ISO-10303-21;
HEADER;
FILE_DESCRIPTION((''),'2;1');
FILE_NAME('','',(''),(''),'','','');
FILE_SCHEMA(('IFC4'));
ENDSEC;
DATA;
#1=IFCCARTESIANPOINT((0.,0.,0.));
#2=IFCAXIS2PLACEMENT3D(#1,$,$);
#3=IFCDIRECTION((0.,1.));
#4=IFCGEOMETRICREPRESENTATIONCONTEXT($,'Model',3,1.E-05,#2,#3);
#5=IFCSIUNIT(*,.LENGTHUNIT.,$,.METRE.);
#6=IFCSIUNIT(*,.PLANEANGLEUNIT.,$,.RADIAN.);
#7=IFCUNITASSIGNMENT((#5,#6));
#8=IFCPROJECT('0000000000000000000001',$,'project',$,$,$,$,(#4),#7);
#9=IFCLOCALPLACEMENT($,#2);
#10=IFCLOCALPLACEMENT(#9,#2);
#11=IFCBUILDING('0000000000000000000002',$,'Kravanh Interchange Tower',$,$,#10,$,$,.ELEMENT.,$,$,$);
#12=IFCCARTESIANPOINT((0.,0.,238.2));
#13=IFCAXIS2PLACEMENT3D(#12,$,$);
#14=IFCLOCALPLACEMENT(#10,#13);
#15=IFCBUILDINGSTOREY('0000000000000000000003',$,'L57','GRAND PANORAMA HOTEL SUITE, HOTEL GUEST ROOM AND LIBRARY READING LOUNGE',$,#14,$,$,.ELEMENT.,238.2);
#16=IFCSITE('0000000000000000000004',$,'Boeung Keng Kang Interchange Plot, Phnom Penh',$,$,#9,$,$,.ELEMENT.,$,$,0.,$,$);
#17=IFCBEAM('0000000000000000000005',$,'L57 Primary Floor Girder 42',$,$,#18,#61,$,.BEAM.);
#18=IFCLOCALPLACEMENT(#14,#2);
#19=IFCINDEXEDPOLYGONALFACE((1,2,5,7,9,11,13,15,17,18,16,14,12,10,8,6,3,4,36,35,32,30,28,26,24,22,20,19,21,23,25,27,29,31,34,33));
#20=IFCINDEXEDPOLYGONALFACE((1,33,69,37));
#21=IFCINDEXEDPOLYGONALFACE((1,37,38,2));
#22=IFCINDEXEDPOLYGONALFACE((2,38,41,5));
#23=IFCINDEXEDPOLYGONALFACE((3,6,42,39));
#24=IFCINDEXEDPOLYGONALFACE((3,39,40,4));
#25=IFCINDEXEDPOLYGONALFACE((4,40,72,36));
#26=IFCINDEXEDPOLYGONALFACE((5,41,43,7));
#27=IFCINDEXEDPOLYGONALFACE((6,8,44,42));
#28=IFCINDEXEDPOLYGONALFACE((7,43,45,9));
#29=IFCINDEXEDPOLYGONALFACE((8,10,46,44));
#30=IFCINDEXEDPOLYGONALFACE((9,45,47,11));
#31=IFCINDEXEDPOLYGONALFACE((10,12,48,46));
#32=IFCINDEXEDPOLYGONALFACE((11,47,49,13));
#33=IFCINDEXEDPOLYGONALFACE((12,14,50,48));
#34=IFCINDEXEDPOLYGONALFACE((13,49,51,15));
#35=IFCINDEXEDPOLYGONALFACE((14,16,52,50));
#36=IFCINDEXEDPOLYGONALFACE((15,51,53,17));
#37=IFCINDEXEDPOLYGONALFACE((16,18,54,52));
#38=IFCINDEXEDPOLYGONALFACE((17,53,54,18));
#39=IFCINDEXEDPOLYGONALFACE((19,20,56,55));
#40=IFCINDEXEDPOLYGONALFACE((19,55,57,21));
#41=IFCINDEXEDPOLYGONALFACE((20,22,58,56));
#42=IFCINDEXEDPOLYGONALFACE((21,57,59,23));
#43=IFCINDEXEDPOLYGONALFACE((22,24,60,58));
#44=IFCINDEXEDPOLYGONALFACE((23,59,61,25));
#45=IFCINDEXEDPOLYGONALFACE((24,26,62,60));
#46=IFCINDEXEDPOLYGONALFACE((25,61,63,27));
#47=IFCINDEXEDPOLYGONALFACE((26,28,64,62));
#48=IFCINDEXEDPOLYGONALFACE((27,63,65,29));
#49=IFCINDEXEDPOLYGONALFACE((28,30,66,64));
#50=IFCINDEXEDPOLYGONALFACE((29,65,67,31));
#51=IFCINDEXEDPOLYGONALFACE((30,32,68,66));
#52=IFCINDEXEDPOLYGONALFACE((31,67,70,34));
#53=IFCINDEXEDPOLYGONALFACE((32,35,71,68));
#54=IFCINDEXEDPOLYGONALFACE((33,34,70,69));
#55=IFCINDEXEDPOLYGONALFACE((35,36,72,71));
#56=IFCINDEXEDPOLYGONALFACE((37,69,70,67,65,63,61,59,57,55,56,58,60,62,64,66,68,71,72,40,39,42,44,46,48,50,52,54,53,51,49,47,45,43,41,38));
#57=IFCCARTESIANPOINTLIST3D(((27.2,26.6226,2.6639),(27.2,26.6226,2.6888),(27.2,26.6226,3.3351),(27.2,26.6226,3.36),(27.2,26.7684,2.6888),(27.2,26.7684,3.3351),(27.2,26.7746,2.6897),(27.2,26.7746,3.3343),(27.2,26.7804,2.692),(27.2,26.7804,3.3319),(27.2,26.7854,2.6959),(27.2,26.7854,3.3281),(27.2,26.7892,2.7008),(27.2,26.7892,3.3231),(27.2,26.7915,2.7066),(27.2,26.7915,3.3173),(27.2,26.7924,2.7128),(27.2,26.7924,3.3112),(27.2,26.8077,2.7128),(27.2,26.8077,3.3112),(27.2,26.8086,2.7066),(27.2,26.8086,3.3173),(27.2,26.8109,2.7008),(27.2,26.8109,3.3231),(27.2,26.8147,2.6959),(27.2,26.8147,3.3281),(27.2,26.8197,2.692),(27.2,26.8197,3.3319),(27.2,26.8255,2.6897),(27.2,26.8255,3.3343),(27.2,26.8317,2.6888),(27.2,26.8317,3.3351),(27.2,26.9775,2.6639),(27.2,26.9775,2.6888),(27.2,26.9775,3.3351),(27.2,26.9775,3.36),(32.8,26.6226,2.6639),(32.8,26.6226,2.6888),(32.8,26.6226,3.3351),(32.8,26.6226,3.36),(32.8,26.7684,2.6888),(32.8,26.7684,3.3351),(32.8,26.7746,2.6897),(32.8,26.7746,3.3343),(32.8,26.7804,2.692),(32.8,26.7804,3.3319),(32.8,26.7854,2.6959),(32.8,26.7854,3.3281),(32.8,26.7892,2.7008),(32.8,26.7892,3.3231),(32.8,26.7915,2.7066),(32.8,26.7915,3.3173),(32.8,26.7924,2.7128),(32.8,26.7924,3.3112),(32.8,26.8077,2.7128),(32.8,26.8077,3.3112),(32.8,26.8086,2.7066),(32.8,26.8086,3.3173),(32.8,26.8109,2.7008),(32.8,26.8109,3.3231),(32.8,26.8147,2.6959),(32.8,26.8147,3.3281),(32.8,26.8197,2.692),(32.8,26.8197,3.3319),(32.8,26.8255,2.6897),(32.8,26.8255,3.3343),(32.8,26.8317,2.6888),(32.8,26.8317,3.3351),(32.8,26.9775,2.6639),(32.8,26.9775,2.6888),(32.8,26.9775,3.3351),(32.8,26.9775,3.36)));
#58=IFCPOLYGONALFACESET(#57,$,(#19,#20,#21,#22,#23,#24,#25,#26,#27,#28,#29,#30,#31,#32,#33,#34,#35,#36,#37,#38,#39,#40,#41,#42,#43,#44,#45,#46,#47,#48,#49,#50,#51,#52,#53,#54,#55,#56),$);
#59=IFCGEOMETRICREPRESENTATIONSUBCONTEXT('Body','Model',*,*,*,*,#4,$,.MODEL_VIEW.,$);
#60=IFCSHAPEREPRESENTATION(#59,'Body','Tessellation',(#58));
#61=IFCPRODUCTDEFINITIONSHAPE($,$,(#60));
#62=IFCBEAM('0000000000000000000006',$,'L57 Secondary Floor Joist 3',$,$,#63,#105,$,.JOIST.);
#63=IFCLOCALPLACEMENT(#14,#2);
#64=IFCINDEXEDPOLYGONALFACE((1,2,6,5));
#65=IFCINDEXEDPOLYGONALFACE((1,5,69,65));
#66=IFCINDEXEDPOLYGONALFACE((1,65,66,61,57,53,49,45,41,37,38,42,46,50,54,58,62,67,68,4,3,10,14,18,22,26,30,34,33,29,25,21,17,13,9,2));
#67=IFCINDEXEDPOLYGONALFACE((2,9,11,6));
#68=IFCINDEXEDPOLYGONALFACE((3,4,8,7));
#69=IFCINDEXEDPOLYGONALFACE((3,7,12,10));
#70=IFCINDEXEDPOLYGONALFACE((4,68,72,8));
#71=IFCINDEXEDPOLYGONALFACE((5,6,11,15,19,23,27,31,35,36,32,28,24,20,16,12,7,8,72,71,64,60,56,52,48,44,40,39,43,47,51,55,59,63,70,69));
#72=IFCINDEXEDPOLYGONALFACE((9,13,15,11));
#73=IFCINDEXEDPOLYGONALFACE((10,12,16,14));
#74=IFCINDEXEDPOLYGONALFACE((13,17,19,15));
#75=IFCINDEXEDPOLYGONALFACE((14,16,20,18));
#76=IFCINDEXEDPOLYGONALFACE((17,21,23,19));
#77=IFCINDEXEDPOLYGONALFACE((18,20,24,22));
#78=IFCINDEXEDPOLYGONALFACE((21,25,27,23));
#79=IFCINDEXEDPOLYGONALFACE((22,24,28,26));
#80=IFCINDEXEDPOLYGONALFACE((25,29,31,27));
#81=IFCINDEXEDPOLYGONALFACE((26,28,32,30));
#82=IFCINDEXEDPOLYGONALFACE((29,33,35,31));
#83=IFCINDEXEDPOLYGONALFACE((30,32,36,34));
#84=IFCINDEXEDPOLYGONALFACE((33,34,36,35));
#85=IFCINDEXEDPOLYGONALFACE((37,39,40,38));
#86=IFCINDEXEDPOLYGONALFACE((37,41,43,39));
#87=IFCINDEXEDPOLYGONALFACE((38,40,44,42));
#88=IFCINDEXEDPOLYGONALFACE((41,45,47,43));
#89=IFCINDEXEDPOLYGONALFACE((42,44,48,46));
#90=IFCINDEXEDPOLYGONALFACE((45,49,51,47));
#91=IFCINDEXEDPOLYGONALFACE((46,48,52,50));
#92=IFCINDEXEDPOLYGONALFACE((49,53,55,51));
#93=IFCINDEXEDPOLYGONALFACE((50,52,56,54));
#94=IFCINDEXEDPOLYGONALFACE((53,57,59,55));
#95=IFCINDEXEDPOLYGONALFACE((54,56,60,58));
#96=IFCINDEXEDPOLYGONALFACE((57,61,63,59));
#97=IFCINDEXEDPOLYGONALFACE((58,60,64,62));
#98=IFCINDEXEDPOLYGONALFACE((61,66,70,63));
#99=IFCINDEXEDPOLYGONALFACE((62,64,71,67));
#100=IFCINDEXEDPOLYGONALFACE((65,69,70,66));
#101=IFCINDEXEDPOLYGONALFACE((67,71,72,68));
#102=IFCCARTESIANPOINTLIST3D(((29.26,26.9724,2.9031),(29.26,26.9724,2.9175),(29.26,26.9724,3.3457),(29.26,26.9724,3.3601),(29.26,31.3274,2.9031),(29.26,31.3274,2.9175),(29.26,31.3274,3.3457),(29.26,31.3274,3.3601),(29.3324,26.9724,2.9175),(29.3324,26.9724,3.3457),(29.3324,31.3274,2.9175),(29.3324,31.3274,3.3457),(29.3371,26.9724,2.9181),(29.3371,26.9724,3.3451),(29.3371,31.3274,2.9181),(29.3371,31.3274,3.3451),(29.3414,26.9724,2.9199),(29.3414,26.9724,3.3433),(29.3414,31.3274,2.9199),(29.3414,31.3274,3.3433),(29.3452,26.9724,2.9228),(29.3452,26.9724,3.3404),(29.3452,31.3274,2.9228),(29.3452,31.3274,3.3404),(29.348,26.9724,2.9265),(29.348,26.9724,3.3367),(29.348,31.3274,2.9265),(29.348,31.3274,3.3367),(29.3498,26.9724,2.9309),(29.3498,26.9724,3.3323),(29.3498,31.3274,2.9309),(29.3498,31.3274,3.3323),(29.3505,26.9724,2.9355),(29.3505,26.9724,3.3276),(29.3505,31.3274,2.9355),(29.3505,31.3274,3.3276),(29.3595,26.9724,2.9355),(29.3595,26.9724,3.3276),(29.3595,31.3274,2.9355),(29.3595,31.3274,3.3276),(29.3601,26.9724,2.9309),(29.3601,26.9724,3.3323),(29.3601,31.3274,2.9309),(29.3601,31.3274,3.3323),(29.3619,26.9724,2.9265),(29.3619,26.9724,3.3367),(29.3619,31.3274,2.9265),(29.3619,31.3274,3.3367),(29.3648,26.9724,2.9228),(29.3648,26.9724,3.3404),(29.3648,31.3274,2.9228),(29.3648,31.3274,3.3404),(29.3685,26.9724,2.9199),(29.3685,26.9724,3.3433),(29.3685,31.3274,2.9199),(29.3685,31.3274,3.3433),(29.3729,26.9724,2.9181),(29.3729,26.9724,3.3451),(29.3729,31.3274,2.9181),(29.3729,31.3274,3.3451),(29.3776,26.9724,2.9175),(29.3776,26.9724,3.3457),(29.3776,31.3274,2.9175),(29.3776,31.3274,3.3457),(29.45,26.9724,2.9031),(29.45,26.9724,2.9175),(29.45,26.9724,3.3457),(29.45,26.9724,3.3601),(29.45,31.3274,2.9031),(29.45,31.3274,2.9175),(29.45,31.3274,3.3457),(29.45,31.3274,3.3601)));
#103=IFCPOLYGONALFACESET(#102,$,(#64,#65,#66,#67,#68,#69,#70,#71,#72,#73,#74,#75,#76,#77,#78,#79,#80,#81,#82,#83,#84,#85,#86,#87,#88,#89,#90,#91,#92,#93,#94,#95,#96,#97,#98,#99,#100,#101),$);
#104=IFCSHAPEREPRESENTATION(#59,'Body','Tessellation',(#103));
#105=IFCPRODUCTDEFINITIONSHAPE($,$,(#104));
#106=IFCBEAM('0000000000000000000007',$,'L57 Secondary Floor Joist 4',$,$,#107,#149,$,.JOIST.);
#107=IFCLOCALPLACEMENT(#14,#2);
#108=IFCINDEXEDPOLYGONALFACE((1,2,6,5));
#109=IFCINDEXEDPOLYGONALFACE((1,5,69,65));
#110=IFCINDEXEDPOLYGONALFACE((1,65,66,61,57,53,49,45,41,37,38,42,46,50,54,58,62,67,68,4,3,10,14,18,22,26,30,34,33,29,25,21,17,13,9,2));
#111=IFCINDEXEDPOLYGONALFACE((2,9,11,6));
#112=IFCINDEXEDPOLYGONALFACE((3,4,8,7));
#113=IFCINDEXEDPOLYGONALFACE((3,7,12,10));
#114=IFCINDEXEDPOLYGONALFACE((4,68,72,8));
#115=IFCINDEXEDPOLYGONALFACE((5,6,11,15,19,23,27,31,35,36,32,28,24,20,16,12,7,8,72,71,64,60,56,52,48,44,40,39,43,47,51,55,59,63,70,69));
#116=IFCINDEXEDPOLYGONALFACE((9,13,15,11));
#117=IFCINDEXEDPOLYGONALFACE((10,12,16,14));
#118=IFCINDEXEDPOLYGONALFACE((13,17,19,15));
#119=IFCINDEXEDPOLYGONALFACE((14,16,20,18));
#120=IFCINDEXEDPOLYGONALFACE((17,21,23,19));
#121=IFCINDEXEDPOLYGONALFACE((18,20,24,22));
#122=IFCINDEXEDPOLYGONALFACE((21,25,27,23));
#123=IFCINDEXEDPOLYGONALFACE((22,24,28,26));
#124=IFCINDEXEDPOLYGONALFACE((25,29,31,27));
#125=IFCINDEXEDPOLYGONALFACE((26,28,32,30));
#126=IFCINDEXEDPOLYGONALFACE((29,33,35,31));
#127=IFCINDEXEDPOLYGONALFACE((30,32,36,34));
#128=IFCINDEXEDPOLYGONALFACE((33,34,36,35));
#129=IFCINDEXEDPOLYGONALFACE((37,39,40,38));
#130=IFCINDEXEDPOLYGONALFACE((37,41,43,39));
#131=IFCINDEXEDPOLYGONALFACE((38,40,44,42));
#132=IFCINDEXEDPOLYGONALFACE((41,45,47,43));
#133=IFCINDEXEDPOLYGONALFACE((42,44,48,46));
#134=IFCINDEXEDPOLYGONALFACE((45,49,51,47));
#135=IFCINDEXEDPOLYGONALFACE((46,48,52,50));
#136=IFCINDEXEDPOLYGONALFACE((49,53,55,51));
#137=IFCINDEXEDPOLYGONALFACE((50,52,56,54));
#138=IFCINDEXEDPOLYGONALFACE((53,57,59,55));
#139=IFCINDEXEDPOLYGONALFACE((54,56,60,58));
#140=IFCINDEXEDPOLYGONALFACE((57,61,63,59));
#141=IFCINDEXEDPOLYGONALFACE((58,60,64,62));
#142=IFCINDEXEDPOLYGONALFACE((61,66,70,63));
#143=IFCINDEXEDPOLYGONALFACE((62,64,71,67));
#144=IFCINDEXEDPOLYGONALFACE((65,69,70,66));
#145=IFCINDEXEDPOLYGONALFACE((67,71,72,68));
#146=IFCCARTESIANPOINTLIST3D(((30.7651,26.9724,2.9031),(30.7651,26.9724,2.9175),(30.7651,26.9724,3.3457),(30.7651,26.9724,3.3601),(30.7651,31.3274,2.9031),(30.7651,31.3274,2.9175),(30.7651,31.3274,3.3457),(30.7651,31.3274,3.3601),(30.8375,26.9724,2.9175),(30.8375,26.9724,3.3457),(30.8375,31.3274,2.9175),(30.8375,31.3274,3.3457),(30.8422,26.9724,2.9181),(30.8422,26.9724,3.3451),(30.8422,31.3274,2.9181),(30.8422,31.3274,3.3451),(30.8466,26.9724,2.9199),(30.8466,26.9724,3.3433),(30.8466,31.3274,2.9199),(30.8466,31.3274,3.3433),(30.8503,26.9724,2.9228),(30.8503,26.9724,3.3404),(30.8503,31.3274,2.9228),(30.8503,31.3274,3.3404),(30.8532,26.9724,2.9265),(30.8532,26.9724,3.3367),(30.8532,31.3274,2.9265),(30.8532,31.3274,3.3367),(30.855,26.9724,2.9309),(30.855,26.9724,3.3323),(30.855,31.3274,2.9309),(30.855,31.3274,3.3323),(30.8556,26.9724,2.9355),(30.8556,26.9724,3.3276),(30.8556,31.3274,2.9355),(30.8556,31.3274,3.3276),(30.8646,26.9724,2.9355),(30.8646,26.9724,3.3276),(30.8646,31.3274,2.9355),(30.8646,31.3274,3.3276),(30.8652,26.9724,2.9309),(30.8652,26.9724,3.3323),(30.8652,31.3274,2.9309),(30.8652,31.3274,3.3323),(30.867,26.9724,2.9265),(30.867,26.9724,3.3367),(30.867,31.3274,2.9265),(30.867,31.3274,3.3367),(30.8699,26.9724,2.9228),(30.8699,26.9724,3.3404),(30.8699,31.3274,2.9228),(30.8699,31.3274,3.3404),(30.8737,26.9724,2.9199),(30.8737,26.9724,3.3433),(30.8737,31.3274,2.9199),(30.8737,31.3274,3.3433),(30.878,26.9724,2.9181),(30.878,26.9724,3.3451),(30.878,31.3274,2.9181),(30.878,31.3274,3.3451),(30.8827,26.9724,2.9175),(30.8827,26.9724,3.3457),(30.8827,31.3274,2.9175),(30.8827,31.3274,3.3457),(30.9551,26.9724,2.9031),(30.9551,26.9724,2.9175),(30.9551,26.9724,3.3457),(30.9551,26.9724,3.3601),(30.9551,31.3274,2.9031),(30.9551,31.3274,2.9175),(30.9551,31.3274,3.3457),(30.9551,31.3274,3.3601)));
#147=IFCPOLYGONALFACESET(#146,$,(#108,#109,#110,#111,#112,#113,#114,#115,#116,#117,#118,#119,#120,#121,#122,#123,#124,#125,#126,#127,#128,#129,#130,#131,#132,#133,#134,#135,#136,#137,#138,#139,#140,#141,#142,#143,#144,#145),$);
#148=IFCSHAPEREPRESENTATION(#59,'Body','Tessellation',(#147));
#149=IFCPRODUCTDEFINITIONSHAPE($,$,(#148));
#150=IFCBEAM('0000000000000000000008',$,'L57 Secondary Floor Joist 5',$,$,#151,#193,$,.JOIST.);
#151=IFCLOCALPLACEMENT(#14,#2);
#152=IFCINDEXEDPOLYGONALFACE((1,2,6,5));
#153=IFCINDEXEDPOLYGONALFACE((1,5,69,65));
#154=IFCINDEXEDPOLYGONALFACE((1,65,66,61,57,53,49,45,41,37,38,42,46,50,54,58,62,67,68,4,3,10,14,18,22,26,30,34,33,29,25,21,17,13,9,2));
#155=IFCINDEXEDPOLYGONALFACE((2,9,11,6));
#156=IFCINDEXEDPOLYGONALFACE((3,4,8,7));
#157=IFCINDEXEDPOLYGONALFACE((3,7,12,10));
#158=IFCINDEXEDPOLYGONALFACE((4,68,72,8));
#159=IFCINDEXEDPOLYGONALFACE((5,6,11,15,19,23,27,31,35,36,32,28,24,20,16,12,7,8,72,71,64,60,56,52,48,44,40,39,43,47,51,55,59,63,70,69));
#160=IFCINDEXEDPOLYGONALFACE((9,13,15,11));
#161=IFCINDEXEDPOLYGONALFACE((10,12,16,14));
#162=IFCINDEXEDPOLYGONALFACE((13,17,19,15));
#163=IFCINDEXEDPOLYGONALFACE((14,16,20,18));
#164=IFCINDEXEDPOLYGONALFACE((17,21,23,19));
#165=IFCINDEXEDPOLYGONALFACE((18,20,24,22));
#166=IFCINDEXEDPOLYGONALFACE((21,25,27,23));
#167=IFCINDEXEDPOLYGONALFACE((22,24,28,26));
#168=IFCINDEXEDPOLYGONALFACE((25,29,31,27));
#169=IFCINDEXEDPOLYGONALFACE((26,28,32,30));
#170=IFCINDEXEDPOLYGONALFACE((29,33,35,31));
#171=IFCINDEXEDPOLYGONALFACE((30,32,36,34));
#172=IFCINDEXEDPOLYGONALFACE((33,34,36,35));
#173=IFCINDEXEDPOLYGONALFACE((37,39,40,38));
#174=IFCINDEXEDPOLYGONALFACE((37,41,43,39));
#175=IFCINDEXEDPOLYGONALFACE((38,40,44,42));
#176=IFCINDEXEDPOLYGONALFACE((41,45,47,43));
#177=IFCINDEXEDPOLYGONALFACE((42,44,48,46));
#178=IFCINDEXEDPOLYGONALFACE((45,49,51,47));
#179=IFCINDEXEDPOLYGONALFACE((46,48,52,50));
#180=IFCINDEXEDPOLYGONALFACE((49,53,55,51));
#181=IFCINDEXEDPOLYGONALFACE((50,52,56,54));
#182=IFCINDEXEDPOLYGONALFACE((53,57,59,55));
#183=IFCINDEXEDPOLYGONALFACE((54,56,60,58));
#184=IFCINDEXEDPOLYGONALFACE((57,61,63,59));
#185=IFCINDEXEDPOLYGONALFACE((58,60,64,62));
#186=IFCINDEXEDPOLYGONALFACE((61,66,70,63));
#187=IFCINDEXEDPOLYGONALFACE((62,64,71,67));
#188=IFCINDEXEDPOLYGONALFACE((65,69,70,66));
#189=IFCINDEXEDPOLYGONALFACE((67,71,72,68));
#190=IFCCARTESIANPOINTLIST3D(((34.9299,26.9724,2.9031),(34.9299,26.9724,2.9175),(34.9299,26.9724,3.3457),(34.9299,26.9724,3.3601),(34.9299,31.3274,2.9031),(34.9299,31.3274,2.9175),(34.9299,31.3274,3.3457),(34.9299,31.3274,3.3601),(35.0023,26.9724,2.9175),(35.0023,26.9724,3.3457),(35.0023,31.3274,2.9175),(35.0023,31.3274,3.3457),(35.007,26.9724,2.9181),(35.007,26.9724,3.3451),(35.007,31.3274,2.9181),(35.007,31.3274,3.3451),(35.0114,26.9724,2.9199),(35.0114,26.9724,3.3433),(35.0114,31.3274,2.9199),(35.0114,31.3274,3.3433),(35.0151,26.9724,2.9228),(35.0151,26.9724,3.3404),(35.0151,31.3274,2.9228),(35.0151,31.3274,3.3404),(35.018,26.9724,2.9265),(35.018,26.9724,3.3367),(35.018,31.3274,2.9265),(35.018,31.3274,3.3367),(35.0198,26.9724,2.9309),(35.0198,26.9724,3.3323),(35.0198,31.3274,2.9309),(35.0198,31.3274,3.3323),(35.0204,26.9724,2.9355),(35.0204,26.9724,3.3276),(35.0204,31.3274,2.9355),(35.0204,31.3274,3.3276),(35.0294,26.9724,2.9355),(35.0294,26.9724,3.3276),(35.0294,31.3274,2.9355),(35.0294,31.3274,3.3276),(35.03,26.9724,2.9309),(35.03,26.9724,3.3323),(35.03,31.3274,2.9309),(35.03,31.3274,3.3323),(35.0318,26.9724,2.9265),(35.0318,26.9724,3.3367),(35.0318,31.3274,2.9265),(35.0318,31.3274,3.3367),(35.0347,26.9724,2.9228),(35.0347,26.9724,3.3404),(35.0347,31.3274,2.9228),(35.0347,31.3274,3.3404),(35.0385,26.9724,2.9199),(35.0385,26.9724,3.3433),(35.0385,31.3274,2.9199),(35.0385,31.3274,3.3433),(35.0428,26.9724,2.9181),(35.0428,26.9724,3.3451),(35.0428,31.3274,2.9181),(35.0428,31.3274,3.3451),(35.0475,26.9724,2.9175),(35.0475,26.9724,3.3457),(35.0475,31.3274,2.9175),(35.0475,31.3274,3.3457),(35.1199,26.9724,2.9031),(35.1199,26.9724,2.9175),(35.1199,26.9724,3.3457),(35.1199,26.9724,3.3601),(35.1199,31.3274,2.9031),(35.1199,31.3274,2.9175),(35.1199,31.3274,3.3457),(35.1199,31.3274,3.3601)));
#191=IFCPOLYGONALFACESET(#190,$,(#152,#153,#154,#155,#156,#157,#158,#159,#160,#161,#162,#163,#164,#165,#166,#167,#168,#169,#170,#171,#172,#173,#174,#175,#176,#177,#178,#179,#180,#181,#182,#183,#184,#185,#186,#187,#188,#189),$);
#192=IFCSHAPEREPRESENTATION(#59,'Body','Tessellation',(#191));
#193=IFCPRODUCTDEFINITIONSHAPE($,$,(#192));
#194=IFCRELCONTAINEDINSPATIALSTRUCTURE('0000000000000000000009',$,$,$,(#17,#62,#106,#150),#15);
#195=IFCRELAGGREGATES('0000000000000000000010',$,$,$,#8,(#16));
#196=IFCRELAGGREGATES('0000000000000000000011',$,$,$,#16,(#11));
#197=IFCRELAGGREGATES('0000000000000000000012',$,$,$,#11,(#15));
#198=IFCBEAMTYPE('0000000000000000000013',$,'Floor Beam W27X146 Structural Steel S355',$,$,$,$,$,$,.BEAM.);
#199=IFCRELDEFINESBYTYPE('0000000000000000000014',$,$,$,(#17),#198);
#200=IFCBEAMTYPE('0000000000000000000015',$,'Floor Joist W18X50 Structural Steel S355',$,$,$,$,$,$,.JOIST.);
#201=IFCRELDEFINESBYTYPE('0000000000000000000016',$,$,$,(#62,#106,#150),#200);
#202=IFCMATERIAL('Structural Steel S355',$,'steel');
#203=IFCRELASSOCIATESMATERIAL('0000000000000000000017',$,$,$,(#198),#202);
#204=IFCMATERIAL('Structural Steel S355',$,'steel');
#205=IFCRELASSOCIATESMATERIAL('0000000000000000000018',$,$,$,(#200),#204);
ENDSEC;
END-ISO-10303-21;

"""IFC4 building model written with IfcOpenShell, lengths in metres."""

from ifc_helpers import new_model, si_unit, direction, frame, origin, origin_2d, place, context, subcontext, project, spatial, i_section, extrude, material, material_profile, profile_set, type_object, element, save


model = new_model("IFC4")

# Units and contexts
model_context = context("Model", 3, precision=1e-05, world=origin(), true_north=direction((0.0, 1.0)))
body_context = subcontext(model_context, "Body", "Model", "MODEL_VIEW")
ifc_project = project(units=[si_unit("LENGTHUNIT", "METRE"), si_unit("PLANEANGLEUNIT", "RADIAN")], contexts=[model_context])

# Site, building, storey
site_placement = place(None, origin())
site = spatial("IfcSite", under=ifc_project, at=site_placement, Name="Boeung Keng Kang Interchange Plot, Phnom Penh", CompositionType="ELEMENT", RefElevation=0.0)
building_placement = place(site_placement, origin())
building = spatial("IfcBuilding", under=site, at=building_placement, Name="Kravanh Interchange Tower", CompositionType="ELEMENT")
storey_placement = place(building_placement, frame((0.0, 0.0, 238.2)))
storey = spatial("IfcBuildingStorey", under=building, at=storey_placement, Name="L57", Description="GRAND PANORAMA HOTEL SUITE, HOTEL GUEST ROOM AND LIBRARY READING LOUNGE", CompositionType="ELEMENT", Elevation=238.2)

# Beams
ifc_material_1 = material(Name="Structural Steel S355", Category="steel")
ifc_material_profile_1 = material_profile(ifc_material_1, i_section(OverallWidth=0.355, OverallDepth=0.696, WebThickness=0.0154, FlangeThickness=0.0249, FilletRadius=0.0239, at=origin_2d()), Name="W27X146")
ifc_profile_set_1 = profile_set([ifc_material_profile_1], Name="Structural Steel S355")
beam_type_1 = type_object("IfcBeamType", Name="Floor Beam W27X146 Structural Steel S355", PredefinedType="BEAM", material=ifc_profile_set_1)
beam_1_placement = place(storey_placement, frame((27.2, 26.8, 3.012), z_axis=(1.0, 0.0, 0.0), x_axis=(0.0, 1.0, 0.0)))
element("IfcBeam", 1, at=beam_1_placement, inside=storey, type_object=beam_type_1, Name="L57 Primary Floor Girder 42", PredefinedType="BEAM", context=body_context, shape_type="SweptSolid", body=[
    extrude(i_section(OverallWidth=0.355, OverallDepth=0.696, WebThickness=0.0154, FlangeThickness=0.0249, FilletRadius=0.0239, at=origin_2d()), origin(), (0.0, 0.0, 1.0), 5.6001),
])
ifc_material_2 = material(Name="Structural Steel S355", Category="steel")
ifc_material_profile_2 = material_profile(ifc_material_2, i_section(OverallWidth=0.1899, OverallDepth=0.457, WebThickness=0.009, FlangeThickness=0.0144, FilletRadius=0.0181, at=origin_2d()), Name="W18X50")
ifc_profile_set_2 = profile_set([ifc_material_profile_2], Name="Structural Steel S355")
beam_type_2 = type_object("IfcBeamType", Name="Floor Joist W18X50 Structural Steel S355", PredefinedType="JOIST", material=ifc_profile_set_2)
for number, where, z_axis, x_axis, name in (
    (2, (29.355, 26.9724, 3.1316), (0.0, 1.0, 0.0), (-1.0, 0.0, 0.0), "L57 Secondary Floor Joist 3"),
    (3, (30.8601, 26.9724, 3.1316), (0.0, 1.0, 0.0), (-1.0, 0.0, 0.0), "L57 Secondary Floor Joist 4"),
    (4, (35.0249, 26.9724, 3.1316), (0.0, 1.0, 0.0), (-1.0, 0.0, 0.0), "L57 Secondary Floor Joist 5"),
):
    element("IfcBeam", number, at=place(storey_placement, frame(where, z_axis=z_axis, x_axis=x_axis)), inside=storey, type_object=beam_type_2, Name=name, PredefinedType="JOIST", context=body_context, shape_type="SweptSolid", body=[
        extrude(i_section(OverallWidth=0.1899, OverallDepth=0.457, WebThickness=0.009, FlangeThickness=0.0144, FilletRadius=0.0181, at=origin_2d()), origin(), (0.0, 0.0, 1.0), 4.355),
    ])

save(model, "model.ifc")
